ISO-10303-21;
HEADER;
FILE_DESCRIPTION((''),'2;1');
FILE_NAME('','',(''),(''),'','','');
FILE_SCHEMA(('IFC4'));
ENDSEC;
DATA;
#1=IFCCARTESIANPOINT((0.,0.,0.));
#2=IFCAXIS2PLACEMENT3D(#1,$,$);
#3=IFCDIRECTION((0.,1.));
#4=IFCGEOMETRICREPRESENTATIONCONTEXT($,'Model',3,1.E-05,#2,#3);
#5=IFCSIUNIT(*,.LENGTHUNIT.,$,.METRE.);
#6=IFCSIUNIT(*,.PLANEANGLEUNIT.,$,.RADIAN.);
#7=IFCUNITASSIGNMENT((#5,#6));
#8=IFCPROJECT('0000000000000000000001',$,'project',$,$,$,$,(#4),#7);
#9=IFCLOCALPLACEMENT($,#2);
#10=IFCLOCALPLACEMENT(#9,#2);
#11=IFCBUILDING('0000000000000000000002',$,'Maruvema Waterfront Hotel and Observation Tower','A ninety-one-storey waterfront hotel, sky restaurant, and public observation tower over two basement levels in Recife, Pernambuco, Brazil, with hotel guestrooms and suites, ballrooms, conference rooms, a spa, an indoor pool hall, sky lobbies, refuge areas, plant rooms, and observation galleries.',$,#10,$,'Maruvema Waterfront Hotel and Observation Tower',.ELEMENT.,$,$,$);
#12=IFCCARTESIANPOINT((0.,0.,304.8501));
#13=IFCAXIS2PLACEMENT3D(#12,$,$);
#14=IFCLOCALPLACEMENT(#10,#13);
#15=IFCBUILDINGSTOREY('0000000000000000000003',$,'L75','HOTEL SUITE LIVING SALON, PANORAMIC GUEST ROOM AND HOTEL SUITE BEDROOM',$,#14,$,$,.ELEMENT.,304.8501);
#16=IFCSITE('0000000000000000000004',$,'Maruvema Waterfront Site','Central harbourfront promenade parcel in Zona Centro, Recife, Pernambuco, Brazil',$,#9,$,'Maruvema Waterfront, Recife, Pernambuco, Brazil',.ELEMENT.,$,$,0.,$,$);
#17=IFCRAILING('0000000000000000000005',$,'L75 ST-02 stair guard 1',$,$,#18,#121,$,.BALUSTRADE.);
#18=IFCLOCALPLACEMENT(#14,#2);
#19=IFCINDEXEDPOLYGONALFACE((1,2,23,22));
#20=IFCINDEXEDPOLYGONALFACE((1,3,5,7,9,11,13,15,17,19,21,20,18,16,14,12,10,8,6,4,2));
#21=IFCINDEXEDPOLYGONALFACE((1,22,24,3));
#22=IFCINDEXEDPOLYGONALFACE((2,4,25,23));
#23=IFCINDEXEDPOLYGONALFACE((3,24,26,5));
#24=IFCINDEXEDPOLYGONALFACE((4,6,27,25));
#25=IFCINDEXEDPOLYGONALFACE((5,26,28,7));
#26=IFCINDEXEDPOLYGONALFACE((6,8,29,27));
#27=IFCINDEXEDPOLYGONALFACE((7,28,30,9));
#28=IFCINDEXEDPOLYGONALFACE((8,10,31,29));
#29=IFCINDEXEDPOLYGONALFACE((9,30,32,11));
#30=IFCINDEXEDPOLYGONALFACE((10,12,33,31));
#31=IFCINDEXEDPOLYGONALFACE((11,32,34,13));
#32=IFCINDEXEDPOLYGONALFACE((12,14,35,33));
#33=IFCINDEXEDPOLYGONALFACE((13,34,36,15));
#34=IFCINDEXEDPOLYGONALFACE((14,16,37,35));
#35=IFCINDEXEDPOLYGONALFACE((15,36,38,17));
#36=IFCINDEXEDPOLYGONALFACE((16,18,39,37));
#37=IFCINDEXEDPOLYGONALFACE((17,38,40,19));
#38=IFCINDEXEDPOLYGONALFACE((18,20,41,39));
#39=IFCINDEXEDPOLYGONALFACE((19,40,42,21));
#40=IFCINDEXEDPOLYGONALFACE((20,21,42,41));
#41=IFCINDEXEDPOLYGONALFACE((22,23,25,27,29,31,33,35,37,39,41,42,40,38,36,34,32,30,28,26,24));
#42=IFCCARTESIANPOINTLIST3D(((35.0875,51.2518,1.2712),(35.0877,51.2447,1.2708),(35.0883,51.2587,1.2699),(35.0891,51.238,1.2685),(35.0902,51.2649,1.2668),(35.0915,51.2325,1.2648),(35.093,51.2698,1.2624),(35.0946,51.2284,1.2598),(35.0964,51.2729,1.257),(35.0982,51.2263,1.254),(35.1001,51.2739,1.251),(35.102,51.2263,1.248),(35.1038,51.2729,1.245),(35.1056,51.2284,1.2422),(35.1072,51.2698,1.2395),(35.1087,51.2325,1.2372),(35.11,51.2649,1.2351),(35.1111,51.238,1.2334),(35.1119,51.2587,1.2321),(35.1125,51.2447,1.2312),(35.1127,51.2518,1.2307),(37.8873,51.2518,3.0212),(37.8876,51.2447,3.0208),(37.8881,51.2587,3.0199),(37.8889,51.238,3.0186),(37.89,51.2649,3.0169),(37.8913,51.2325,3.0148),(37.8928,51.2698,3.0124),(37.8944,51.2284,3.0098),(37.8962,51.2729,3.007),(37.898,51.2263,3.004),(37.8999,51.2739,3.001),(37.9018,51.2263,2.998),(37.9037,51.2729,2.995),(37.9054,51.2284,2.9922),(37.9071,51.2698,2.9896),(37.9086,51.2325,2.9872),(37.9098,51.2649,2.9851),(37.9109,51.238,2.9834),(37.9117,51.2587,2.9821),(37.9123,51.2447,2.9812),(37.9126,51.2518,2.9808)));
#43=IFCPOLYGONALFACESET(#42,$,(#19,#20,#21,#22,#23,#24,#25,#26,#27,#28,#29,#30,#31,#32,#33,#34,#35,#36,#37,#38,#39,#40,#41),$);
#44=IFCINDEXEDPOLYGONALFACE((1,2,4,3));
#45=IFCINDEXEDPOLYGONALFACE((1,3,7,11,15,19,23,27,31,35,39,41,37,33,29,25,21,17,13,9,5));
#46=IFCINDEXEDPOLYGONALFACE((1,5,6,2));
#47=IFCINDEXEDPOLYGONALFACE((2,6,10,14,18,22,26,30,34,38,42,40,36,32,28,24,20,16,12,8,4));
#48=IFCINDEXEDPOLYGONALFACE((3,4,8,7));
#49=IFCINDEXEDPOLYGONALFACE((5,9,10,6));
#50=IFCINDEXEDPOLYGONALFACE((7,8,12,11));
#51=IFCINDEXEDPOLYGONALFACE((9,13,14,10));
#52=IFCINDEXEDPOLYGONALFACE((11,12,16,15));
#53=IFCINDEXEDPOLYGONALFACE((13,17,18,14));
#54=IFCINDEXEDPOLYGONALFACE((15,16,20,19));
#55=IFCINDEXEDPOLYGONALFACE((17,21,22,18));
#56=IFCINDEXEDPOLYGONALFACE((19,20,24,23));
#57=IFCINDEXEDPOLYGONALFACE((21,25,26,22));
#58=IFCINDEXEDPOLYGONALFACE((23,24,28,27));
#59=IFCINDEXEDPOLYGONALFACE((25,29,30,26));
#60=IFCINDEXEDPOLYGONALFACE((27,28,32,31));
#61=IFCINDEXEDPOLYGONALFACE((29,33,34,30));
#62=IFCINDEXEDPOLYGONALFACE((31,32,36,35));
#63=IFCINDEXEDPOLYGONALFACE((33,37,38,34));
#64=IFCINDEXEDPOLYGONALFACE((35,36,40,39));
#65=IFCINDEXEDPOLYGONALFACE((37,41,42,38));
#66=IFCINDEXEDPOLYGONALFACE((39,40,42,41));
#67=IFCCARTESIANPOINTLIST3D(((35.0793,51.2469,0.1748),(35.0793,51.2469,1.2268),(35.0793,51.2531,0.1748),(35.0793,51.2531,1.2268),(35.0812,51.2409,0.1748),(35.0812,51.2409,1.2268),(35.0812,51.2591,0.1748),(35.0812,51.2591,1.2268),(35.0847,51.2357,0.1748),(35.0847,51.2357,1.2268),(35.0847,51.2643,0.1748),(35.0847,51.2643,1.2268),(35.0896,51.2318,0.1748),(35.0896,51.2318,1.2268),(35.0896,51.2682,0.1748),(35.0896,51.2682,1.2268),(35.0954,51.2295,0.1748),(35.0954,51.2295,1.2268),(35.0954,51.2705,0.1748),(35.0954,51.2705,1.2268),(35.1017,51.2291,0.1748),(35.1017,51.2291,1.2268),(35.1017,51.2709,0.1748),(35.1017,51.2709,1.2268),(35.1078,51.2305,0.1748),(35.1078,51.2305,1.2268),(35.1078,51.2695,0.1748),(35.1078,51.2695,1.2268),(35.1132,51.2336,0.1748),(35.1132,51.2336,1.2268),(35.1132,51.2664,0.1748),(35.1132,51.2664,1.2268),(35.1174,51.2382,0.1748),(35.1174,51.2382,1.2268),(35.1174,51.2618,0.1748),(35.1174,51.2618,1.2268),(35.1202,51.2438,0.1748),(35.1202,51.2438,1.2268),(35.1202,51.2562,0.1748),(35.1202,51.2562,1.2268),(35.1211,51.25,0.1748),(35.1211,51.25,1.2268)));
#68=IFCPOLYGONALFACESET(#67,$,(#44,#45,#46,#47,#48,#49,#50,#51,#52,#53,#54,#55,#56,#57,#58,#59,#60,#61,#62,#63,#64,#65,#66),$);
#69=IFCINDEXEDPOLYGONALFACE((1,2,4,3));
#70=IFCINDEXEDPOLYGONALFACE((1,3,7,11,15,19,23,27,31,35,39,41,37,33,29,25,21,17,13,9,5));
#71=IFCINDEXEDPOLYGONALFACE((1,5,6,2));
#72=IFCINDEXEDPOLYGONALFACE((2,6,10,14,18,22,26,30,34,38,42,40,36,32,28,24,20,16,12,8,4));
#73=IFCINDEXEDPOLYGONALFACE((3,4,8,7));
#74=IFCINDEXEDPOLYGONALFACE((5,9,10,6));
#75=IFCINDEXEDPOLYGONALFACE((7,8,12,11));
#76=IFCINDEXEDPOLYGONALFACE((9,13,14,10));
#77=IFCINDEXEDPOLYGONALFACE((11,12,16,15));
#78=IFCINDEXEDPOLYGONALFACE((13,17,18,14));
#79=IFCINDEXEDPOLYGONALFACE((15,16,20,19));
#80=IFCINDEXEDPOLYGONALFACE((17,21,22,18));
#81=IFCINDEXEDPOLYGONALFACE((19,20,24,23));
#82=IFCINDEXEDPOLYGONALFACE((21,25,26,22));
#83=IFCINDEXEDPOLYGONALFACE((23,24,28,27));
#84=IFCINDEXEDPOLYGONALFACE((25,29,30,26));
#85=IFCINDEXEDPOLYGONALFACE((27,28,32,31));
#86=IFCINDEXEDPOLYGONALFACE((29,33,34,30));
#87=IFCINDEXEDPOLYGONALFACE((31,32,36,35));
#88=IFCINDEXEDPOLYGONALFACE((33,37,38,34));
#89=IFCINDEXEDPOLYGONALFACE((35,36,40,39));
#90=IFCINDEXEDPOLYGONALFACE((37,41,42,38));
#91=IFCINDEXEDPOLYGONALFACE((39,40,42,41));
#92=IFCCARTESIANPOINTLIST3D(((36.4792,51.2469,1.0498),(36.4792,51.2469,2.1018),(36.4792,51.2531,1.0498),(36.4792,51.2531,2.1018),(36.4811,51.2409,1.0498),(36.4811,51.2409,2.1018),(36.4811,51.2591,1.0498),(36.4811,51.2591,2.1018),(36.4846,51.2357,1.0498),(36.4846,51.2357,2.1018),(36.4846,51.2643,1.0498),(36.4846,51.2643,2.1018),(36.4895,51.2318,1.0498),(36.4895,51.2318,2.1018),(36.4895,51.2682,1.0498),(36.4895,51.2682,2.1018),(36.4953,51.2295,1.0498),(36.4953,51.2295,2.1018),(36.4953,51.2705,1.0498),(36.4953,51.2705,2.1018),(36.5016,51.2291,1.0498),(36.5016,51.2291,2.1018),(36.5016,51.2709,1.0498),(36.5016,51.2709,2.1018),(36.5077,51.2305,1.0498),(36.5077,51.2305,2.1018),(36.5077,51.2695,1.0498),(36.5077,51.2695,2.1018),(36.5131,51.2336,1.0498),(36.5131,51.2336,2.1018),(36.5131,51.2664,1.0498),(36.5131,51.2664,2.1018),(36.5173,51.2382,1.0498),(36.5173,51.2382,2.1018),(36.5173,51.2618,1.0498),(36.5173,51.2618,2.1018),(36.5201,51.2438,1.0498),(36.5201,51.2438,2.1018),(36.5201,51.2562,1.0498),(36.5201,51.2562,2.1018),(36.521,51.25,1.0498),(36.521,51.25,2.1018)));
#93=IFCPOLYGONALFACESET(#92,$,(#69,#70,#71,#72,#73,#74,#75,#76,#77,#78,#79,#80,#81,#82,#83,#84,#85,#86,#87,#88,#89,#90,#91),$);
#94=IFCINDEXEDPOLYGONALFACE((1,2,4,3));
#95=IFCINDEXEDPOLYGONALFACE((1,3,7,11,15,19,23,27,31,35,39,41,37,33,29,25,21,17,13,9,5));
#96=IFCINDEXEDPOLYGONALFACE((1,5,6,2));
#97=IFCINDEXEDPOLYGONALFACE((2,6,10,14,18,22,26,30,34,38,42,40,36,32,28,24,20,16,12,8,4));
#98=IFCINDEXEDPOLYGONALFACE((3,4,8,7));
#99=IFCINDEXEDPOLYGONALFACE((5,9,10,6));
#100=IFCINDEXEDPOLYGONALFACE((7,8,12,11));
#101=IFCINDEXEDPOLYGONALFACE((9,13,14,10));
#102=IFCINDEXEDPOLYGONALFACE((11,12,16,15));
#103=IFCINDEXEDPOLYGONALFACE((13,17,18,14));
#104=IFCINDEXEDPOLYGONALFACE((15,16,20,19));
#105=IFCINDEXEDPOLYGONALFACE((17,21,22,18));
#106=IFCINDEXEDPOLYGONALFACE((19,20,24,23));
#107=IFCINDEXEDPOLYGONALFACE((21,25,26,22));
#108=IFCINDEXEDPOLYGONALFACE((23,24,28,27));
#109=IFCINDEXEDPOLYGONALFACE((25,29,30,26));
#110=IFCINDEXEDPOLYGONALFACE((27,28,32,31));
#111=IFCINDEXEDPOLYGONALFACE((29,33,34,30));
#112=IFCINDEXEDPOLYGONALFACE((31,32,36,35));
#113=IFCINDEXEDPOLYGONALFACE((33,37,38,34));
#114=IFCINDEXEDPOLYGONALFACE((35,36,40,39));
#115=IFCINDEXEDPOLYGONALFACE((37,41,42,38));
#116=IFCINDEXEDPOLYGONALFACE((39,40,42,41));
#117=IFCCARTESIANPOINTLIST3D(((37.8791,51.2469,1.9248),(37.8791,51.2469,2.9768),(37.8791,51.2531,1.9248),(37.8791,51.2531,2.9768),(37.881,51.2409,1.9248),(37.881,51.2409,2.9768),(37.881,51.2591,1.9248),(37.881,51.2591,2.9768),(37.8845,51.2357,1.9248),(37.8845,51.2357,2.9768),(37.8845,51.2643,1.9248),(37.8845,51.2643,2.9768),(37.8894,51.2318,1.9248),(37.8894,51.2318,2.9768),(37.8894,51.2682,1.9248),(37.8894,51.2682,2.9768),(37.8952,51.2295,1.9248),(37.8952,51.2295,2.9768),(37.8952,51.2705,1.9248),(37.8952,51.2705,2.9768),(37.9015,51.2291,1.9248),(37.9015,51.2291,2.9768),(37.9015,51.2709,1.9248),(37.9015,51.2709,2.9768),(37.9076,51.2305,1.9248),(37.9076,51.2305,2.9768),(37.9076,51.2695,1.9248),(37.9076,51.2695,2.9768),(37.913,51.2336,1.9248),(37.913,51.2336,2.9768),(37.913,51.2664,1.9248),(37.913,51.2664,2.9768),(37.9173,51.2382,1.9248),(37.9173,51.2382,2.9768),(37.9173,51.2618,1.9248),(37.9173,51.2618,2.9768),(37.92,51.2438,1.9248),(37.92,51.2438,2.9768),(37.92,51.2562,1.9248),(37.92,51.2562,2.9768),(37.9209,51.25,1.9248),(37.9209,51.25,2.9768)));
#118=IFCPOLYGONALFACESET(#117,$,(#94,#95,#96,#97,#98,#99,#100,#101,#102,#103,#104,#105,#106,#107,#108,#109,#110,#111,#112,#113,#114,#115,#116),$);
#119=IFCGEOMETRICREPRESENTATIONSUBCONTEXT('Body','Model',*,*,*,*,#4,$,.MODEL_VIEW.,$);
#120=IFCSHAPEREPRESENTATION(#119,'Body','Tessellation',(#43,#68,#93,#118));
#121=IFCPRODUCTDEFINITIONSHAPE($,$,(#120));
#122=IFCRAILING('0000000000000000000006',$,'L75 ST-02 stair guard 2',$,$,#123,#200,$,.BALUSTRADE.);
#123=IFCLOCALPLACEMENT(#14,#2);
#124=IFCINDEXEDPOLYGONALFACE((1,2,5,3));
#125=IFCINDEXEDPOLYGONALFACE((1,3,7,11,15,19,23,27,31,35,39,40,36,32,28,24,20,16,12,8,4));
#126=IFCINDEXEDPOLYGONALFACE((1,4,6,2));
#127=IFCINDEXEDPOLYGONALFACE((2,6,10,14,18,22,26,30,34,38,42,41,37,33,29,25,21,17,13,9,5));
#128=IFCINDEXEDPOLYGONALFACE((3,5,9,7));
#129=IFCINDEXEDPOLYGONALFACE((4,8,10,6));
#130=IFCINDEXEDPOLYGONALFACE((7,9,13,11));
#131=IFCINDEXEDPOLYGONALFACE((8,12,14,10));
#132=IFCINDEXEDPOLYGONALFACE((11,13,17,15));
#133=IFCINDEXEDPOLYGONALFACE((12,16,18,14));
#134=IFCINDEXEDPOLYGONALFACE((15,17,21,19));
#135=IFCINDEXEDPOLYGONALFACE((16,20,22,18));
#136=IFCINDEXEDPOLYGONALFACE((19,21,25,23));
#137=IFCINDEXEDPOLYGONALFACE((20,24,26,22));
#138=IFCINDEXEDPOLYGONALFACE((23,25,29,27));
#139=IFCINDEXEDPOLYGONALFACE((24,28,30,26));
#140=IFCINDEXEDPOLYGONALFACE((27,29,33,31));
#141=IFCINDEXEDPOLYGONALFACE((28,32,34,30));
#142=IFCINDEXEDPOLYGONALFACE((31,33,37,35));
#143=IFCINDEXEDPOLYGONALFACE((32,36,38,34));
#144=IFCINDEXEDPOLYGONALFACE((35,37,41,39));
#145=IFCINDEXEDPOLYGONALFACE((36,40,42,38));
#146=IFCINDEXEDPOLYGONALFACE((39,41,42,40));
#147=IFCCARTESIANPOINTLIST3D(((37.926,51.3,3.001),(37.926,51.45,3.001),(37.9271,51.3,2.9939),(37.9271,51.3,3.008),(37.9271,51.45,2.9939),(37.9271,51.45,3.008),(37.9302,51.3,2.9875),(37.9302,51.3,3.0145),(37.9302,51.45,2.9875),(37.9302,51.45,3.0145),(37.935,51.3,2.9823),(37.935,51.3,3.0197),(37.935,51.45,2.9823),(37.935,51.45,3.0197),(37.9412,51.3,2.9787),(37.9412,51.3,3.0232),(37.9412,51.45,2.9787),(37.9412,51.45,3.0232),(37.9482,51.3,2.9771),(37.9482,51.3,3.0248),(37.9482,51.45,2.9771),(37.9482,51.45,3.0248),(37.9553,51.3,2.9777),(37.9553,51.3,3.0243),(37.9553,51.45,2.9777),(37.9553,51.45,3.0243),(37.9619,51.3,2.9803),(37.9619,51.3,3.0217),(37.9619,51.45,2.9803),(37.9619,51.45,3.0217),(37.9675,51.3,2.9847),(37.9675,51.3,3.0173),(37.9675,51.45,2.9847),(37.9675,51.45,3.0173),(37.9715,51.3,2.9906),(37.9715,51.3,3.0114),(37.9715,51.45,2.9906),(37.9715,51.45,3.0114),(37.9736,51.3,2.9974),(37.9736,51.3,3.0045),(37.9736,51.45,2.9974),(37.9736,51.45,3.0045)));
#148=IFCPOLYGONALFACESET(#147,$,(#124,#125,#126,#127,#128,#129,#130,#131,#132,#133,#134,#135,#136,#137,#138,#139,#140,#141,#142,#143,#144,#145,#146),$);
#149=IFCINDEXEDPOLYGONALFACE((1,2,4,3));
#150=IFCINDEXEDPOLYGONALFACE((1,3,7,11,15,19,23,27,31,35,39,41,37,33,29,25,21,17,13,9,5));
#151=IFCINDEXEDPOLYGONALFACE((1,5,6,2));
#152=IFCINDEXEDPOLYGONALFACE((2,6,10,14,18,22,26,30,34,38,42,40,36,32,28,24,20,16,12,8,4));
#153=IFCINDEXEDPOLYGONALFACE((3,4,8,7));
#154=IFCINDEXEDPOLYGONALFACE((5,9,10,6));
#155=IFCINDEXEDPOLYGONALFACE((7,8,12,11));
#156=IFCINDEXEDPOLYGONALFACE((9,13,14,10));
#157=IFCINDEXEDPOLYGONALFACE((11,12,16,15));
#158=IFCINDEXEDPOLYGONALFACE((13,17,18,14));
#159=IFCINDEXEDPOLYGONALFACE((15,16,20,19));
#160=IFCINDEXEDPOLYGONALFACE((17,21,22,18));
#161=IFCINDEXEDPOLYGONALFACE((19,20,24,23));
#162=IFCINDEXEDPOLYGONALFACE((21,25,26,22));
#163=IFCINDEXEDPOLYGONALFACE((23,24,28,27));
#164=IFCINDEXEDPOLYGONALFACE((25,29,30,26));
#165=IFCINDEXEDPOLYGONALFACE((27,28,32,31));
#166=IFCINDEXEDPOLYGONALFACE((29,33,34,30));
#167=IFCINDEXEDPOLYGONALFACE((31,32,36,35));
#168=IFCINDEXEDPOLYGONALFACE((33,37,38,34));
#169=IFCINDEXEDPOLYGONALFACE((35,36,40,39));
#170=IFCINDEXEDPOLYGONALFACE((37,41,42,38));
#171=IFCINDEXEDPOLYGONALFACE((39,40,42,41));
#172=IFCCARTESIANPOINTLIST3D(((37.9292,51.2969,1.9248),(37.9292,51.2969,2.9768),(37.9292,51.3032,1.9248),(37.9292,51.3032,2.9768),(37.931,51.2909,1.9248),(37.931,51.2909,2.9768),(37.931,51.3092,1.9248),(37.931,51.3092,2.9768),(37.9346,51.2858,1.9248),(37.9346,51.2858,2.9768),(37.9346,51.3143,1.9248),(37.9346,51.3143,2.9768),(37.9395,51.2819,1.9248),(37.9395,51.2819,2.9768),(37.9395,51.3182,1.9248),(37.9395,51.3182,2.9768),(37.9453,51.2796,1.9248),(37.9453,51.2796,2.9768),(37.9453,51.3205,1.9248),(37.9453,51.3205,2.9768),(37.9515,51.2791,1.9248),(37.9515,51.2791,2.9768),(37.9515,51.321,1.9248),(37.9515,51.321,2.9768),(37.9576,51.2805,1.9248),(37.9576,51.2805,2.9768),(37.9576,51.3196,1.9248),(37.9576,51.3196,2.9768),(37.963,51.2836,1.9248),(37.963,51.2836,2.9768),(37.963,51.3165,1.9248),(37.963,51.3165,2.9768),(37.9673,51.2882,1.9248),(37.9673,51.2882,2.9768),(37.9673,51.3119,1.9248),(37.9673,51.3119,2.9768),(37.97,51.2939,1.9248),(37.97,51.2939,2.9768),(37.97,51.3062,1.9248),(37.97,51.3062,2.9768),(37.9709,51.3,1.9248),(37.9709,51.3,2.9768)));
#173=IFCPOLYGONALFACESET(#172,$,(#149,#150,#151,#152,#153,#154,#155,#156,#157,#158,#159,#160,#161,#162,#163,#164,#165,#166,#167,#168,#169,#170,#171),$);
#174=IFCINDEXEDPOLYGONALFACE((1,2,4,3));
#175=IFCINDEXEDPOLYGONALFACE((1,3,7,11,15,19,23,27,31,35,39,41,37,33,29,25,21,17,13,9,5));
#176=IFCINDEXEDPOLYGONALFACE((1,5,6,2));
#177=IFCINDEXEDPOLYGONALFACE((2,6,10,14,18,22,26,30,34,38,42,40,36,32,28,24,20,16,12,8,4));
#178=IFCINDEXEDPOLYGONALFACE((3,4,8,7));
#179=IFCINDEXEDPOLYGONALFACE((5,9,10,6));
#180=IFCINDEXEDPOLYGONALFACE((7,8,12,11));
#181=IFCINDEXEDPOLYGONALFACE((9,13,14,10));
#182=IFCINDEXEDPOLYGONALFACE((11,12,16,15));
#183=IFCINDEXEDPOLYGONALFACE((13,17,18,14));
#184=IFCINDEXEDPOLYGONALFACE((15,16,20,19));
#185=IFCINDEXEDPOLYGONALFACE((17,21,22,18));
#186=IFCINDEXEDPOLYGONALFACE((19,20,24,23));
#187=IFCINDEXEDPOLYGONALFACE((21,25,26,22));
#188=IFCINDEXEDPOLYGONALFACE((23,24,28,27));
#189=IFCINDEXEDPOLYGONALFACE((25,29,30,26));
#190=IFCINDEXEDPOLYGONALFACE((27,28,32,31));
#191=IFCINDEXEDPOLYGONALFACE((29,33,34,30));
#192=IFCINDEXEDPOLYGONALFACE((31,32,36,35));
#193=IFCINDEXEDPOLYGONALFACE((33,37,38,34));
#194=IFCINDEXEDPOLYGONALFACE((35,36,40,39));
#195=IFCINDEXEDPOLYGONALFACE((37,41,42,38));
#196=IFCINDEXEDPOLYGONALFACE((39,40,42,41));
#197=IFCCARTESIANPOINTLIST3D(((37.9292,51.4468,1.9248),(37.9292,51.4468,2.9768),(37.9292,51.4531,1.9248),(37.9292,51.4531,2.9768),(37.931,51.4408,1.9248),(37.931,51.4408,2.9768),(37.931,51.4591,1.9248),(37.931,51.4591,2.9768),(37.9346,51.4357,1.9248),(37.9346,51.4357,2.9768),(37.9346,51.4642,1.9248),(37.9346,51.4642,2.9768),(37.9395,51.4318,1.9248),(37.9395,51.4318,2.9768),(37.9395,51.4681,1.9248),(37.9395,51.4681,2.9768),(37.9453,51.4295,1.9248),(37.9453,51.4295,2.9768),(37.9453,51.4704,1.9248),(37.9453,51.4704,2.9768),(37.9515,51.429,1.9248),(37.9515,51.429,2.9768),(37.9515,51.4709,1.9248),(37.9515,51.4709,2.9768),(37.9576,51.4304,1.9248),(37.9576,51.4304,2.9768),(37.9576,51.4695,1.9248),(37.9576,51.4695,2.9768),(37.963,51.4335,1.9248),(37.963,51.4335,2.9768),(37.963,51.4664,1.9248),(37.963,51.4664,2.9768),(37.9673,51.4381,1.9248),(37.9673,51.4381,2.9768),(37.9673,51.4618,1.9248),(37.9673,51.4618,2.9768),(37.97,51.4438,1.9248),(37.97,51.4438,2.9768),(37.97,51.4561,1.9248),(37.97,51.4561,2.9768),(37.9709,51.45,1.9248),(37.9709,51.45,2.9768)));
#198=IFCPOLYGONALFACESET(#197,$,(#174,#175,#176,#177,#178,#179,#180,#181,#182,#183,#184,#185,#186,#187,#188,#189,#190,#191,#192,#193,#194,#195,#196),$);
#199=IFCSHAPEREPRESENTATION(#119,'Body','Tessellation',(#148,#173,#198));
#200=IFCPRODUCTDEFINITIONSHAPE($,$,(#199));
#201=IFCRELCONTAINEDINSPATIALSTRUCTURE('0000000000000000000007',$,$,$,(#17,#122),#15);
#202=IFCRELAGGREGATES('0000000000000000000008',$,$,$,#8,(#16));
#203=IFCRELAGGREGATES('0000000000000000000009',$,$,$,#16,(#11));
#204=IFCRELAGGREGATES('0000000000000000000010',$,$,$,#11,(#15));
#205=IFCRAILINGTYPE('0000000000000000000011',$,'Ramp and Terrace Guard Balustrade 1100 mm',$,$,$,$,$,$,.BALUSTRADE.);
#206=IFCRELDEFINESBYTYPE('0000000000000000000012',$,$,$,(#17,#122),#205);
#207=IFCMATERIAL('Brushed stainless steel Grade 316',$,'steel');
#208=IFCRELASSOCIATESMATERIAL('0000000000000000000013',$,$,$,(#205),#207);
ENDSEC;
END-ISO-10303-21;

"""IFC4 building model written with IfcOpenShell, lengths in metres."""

from ifc_helpers import new_model, si_unit, direction, frame, origin, origin_2d, place, context, subcontext, project, spatial, circle, extrude, material, type_object, element, save


model = new_model("IFC4")

# Units and contexts
model_context = context("Model", 3, precision=1e-05, world=origin(), true_north=direction((0.0, 1.0)))
body_context = subcontext(model_context, "Body", "Model", "MODEL_VIEW")
ifc_project = project(units=[si_unit("LENGTHUNIT", "METRE"), si_unit("PLANEANGLEUNIT", "RADIAN")], contexts=[model_context])

# Site, building, storey
site_placement = place(None, origin())
site = spatial("IfcSite", under=ifc_project, at=site_placement, Name="Maruvema Waterfront Site", Description="Central harbourfront promenade parcel in Zona Centro, Recife, Pernambuco, Brazil", LongName="Maruvema Waterfront, Recife, Pernambuco, Brazil", CompositionType="ELEMENT", RefElevation=0.0)
building_placement = place(site_placement, origin())
building = spatial("IfcBuilding", under=site, at=building_placement, Name="Maruvema Waterfront Hotel and Observation Tower", Description="A ninety-one-storey waterfront hotel, sky restaurant, and public observation tower over two basement levels in Recife, Pernambuco, Brazil, with hotel guestrooms and suites, ballrooms, conference rooms, a spa, an indoor pool hall, sky lobbies, refuge areas, plant rooms, and observation galleries.", LongName="Maruvema Waterfront Hotel and Observation Tower", CompositionType="ELEMENT")
storey_placement = place(building_placement, frame((0.0, 0.0, 304.8501)))
storey = spatial("IfcBuildingStorey", under=building, at=storey_placement, Name="L75", Description="HOTEL SUITE LIVING SALON, PANORAMIC GUEST ROOM AND HOTEL SUITE BEDROOM", CompositionType="ELEMENT", Elevation=304.8501)

# Railings
ifc_material_1 = material(Name="Brushed stainless steel Grade 316", Category="steel")
railing_type_1 = type_object("IfcRailingType", Name="Ramp and Terrace Guard Balustrade 1100 mm", PredefinedType="BALUSTRADE", material=ifc_material_1)
railing_1_placement = place(storey_placement, frame((35.1001, 51.25, 0.1748)))
element("IfcRailing", 1, at=railing_1_placement, inside=storey, type_object=railing_type_1, Name="L75 ST-02 stair guard 1", PredefinedType="BALUSTRADE", context=body_context, shape_type="SweptSolid", body=[
    extrude(circle(Radius=0.0239, at=origin_2d()), frame((0.0, 0.0, 1.0762), z_axis=(0.847982, 0.0, 0.530026), x_axis=(0.0, 1.0, 0.0)), (0.0, 0.0, 1.0), 3.3018),
    extrude(circle(Radius=0.021, at=origin_2d()), origin(), (0.0, 0.0, 1.0), 1.052),
    extrude(circle(Radius=0.021, at=origin_2d()), frame((1.3999, 0.0, 0.875)), (0.0, 0.0, 1.0), 1.052),
    extrude(circle(Radius=0.021, at=origin_2d()), frame((2.7998, 0.0, 1.75)), (0.0, 0.0, 1.0), 1.052),
])
railing_2_placement = place(storey_placement, frame((37.95, 51.3, 1.9248)))
element("IfcRailing", 2, at=railing_2_placement, inside=storey, type_object=railing_type_1, Name="L75 ST-02 stair guard 2", PredefinedType="BALUSTRADE", context=body_context, shape_type="SweptSolid", body=[
    extrude(circle(Radius=0.0239, at=origin_2d()), frame((0.0, 0.0, 1.0762), z_axis=(0.0, 1.0, 0.0), x_axis=(-1.0, 0.0, 0.0)), (0.0, 0.0, 1.0), 0.1499),
    extrude(circle(Radius=0.021, at=origin_2d()), origin(), (0.0, 0.0, 1.0), 1.052),
    extrude(circle(Radius=0.021, at=origin_2d()), frame((0.0, 0.1499, 0.0)), (0.0, 0.0, 1.0), 1.052),
])

save(model, "model.ifc")
